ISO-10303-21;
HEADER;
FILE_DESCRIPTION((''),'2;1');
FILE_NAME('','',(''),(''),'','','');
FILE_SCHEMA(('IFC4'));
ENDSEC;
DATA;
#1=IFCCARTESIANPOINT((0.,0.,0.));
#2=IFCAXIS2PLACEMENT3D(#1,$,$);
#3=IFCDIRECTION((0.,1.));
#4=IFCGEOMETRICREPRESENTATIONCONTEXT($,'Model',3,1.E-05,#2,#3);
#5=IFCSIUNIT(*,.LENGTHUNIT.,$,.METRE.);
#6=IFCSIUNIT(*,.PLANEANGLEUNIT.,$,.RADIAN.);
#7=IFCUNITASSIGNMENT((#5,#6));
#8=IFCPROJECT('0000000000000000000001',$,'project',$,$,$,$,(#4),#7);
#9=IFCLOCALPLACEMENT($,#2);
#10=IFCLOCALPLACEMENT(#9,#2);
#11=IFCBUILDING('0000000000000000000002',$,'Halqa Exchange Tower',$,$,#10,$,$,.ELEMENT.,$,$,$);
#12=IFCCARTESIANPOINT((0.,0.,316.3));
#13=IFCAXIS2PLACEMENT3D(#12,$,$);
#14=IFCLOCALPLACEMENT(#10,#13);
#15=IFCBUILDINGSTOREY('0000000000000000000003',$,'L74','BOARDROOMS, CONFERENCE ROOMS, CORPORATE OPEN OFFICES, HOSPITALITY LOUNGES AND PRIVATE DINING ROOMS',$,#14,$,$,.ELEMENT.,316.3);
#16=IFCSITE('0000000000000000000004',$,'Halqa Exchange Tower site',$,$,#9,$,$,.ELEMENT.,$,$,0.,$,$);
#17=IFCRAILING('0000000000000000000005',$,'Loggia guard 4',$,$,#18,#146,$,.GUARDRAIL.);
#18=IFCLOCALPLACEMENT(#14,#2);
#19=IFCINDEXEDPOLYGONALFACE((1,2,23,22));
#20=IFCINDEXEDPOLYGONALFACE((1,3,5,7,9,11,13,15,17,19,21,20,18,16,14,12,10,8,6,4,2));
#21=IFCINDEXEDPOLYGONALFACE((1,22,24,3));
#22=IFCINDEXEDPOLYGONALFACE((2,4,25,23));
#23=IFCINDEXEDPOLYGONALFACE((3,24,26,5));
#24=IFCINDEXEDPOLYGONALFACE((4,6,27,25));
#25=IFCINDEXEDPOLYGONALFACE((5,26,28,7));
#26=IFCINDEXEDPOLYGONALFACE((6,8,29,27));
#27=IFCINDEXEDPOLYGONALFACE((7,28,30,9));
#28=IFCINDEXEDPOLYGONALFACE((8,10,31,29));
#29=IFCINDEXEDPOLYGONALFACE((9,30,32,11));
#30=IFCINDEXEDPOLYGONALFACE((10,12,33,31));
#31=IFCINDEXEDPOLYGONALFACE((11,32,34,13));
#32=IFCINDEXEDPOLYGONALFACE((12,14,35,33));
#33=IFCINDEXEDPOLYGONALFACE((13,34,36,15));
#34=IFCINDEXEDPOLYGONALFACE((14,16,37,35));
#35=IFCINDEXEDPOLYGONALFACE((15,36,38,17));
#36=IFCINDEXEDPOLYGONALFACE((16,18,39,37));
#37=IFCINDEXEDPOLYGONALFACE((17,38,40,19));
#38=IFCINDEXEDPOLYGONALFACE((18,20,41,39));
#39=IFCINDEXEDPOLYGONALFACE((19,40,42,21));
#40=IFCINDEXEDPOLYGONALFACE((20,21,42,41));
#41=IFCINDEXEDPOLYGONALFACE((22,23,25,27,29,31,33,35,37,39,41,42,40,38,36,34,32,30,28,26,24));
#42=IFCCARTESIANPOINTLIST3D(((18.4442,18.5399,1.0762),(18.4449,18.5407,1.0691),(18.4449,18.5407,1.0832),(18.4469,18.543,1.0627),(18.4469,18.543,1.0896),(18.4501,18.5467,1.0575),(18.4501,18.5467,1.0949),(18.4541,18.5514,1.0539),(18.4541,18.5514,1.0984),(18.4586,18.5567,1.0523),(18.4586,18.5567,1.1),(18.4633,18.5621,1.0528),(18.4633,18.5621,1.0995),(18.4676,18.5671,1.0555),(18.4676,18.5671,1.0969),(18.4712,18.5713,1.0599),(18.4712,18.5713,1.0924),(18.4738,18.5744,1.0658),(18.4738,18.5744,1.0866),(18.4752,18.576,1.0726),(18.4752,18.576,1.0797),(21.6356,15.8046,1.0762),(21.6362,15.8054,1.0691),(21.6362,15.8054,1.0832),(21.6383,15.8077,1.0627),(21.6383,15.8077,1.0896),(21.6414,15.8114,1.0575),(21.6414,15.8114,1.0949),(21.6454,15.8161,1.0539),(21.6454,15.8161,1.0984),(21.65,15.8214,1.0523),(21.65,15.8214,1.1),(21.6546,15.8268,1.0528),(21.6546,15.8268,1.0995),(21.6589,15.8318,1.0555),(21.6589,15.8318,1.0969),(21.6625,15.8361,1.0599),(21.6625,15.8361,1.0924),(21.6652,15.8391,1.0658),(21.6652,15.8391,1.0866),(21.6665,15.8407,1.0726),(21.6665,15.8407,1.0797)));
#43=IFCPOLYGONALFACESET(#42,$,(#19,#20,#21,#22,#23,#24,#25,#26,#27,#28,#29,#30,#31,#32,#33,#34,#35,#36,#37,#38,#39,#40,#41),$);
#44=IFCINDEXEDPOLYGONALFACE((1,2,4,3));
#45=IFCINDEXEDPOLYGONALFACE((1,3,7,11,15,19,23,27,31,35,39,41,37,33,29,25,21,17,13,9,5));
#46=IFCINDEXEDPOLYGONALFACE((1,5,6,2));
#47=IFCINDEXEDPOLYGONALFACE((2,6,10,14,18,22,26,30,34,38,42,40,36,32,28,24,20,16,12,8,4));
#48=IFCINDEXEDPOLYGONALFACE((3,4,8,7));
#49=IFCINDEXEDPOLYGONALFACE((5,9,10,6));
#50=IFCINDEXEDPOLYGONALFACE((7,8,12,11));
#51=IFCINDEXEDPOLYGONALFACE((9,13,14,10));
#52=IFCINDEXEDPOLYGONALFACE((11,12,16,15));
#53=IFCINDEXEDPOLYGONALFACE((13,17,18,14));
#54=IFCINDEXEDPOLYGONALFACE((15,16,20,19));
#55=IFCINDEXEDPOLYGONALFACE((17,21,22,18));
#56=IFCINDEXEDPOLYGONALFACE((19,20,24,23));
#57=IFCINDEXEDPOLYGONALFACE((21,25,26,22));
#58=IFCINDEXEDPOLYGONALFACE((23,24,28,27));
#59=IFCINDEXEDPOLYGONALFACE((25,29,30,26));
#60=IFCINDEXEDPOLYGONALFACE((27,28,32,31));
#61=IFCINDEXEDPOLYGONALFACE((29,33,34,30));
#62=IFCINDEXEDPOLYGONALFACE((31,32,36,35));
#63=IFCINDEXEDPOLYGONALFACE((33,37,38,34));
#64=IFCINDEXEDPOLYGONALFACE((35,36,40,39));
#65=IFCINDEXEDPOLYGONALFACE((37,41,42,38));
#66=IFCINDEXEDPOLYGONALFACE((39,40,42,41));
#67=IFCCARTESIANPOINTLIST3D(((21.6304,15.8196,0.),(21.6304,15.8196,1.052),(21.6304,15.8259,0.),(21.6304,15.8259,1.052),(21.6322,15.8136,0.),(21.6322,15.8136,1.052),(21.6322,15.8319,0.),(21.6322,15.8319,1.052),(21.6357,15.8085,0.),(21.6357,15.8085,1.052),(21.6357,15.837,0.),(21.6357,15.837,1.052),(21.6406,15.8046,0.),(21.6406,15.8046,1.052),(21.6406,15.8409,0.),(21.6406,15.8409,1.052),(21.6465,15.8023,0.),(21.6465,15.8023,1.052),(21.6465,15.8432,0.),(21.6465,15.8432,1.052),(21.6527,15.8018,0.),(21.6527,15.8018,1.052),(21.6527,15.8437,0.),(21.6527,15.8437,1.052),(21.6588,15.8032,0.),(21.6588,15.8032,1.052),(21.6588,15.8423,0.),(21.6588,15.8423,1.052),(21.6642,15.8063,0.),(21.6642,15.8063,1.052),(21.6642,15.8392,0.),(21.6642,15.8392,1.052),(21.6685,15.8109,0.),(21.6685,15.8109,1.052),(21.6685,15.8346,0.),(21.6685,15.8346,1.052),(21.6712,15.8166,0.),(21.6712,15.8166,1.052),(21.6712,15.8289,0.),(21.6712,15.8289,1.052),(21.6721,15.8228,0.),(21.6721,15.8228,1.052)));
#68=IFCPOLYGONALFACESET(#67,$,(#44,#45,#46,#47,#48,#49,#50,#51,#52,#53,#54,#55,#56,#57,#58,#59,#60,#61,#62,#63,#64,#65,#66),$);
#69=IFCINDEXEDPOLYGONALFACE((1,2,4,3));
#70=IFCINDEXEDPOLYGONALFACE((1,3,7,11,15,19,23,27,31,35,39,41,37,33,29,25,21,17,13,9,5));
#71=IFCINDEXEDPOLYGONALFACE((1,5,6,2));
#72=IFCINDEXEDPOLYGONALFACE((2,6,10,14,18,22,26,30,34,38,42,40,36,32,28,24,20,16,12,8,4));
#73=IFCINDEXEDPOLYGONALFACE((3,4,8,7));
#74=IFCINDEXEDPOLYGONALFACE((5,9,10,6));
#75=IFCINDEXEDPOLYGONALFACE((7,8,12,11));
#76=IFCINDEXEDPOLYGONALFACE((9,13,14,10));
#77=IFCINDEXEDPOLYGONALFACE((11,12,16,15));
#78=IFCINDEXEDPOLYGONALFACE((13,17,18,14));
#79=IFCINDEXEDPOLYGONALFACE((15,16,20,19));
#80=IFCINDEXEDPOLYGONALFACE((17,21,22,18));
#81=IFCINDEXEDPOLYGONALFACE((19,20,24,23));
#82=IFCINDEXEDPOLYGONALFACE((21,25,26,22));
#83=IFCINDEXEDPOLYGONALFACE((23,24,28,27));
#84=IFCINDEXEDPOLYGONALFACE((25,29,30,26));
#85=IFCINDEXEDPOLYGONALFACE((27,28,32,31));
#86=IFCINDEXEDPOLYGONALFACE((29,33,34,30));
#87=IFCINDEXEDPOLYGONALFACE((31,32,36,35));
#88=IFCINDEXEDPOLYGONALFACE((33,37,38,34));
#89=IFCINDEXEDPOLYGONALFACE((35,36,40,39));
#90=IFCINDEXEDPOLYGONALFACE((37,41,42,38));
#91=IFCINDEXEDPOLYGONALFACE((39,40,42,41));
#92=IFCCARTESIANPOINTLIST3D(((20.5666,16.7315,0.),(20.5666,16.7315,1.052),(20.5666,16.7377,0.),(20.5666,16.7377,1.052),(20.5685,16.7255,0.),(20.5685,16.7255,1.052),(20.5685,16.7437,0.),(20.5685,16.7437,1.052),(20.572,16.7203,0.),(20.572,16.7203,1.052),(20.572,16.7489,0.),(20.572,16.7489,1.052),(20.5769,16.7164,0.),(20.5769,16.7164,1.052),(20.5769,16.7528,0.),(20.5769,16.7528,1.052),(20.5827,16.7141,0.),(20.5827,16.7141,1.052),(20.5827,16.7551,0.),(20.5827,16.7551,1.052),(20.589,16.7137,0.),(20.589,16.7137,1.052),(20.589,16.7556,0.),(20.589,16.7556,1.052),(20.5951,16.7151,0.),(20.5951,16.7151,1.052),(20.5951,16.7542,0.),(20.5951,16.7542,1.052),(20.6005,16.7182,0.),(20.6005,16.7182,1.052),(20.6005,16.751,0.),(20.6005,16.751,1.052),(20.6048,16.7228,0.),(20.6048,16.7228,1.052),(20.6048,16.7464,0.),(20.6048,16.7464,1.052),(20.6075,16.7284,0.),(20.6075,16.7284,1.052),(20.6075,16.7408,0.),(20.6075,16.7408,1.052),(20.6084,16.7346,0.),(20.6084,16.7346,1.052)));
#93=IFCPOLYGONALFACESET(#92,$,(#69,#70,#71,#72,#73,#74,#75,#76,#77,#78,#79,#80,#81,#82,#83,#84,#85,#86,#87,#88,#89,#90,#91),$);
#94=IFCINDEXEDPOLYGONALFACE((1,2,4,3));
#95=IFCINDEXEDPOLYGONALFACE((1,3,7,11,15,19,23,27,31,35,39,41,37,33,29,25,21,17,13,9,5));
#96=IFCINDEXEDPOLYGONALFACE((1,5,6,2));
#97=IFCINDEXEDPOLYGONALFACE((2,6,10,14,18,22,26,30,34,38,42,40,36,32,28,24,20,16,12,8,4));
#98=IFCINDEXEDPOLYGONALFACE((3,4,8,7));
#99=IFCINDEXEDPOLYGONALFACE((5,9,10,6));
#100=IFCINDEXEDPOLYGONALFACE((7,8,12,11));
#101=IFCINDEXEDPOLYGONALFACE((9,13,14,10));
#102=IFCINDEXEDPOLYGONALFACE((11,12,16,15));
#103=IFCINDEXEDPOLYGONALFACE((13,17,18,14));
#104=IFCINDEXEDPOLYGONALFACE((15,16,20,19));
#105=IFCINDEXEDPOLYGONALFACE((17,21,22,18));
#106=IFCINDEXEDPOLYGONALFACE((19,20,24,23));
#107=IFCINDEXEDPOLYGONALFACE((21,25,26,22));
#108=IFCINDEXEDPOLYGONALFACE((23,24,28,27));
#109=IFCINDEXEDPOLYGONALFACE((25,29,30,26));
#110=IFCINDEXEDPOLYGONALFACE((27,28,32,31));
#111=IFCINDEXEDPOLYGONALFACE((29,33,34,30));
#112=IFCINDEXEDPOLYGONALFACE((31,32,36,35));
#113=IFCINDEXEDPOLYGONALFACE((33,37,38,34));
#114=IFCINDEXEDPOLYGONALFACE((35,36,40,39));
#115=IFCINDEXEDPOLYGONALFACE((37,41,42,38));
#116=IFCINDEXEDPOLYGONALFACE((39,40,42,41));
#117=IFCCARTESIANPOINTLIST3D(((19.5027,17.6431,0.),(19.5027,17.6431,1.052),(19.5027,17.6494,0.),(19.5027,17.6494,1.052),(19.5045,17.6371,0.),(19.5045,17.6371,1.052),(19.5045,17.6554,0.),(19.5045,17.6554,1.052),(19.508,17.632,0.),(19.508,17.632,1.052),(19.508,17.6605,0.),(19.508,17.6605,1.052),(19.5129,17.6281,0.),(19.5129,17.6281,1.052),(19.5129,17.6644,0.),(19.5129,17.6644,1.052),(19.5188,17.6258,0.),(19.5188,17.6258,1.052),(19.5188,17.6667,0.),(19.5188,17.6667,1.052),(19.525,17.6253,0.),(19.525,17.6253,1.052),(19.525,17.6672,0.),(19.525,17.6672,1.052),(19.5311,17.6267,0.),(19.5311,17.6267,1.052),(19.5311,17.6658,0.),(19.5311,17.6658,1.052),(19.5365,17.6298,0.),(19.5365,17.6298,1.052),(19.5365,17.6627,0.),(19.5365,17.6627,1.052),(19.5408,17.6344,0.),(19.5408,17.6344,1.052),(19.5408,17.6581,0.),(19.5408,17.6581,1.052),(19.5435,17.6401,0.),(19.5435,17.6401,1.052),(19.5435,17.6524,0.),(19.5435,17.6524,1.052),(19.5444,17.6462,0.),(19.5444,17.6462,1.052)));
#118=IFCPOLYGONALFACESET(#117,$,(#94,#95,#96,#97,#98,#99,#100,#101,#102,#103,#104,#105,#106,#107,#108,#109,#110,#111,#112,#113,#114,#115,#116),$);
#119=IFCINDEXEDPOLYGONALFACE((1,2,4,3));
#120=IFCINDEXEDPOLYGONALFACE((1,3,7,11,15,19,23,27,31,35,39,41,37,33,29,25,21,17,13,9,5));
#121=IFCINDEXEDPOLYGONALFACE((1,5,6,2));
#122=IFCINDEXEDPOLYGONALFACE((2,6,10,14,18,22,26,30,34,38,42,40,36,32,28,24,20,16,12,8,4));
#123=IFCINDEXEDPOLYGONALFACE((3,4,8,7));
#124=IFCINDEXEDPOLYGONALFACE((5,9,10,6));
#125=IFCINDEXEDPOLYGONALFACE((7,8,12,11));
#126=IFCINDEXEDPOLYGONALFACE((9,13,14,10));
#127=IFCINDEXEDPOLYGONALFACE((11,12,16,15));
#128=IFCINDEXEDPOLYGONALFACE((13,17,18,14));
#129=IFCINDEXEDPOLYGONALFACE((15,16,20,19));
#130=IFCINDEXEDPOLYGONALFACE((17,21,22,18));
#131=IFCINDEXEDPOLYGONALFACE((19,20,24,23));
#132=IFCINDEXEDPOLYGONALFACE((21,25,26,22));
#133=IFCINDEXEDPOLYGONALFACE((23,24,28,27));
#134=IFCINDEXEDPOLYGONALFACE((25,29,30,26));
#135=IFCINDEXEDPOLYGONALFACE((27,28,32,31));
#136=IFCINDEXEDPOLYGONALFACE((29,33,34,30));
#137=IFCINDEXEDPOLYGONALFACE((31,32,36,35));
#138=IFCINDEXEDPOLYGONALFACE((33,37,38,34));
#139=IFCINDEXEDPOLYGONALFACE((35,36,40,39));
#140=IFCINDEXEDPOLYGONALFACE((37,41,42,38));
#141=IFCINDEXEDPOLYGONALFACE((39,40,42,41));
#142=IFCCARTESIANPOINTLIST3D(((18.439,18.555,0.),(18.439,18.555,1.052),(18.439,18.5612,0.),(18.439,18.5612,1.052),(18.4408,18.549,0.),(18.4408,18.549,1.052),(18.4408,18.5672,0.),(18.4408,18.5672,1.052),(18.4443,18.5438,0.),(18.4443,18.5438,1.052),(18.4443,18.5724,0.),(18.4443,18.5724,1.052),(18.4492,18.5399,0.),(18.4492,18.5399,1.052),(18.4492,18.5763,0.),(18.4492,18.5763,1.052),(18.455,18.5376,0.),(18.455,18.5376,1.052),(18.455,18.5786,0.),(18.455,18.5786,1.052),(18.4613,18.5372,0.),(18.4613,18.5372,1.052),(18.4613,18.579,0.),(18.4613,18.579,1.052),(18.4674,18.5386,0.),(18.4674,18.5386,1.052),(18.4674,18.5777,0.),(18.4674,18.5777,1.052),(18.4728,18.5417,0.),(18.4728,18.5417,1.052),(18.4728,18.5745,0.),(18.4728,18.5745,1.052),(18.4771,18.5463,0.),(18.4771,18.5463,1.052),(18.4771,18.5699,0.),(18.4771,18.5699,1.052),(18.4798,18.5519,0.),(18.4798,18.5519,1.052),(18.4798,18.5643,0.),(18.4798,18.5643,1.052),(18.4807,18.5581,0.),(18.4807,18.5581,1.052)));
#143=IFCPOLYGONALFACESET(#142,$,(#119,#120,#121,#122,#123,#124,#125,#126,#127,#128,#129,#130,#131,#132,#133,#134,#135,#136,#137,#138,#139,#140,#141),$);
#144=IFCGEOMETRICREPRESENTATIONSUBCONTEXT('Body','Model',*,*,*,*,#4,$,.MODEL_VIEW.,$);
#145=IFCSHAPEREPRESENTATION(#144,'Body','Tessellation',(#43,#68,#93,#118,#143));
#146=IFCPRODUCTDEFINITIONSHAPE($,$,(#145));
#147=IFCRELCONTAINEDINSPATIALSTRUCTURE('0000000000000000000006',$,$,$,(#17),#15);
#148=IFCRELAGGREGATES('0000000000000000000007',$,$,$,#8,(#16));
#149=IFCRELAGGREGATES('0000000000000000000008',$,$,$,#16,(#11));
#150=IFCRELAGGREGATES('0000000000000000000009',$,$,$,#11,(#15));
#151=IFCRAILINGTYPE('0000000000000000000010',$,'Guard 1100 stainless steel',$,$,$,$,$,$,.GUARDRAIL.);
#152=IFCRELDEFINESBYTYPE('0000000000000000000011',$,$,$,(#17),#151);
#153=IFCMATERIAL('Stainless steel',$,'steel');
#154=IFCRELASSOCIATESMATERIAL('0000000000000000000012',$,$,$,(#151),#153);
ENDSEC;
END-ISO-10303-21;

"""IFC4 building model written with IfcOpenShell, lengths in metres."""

from ifc_helpers import new_model, si_unit, direction, frame, origin, origin_2d, place, context, subcontext, project, spatial, circle, extrude, material, type_object, element, save


model = new_model("IFC4")

# Units and contexts
model_context = context("Model", 3, precision=1e-05, world=origin(), true_north=direction((0.0, 1.0)))
body_context = subcontext(model_context, "Body", "Model", "MODEL_VIEW")
ifc_project = project(units=[si_unit("LENGTHUNIT", "METRE"), si_unit("PLANEANGLEUNIT", "RADIAN")], contexts=[model_context])

# Site, building, storey
site_placement = place(None, origin())
site = spatial("IfcSite", under=ifc_project, at=site_placement, Name="Halqa Exchange Tower site", CompositionType="ELEMENT", RefElevation=0.0)
building_placement = place(site_placement, origin())
building = spatial("IfcBuilding", under=site, at=building_placement, Name="Halqa Exchange Tower", CompositionType="ELEMENT")
storey_placement = place(building_placement, frame((0.0, 0.0, 316.3)))
storey = spatial("IfcBuildingStorey", under=building, at=storey_placement, Name="L74", Description="BOARDROOMS, CONFERENCE ROOMS, CORPORATE OPEN OFFICES, HOSPITALITY LOUNGES AND PRIVATE DINING ROOMS", CompositionType="ELEMENT", Elevation=316.3)

# Railing
ifc_material_1 = material(Name="Stainless steel", Category="steel")
railing_type = type_object("IfcRailingType", Name="Guard 1100 stainless steel", PredefinedType="GUARDRAIL", material=ifc_material_1)
railing_1_placement = place(storey_placement, frame((21.6511, 15.8228, 0.0)))
element("IfcRailing", 1, at=railing_1_placement, inside=storey, type_object=railing_type, Name="Loggia guard 4", PredefinedType="GUARDRAIL", context=body_context, shape_type="SweptSolid", body=[
    extrude(circle(Radius=0.0239, at=origin_2d()), frame((0.0, 0.0, 1.0762), z_axis=(-0.759273, 0.650772, 0.0), x_axis=(-0.650772, -0.759273, 0.0)), (0.0, 0.0, 1.0), 4.2031),
    extrude(circle(Radius=0.021, at=origin_2d()), origin(), (0.0, 0.0, 1.0), 1.052),
    extrude(circle(Radius=0.021, at=origin_2d()), frame((-1.0637, 0.9119, 0.0)), (0.0, 0.0, 1.0), 1.052),
    extrude(circle(Radius=0.021, at=origin_2d()), frame((-2.1277, 1.8235, 0.0)), (0.0, 0.0, 1.0), 1.052),
    extrude(circle(Radius=0.021, at=origin_2d()), frame((-3.1914, 2.7354, 0.0)), (0.0, 0.0, 1.0), 1.052),
])

save(model, "model.ifc")
